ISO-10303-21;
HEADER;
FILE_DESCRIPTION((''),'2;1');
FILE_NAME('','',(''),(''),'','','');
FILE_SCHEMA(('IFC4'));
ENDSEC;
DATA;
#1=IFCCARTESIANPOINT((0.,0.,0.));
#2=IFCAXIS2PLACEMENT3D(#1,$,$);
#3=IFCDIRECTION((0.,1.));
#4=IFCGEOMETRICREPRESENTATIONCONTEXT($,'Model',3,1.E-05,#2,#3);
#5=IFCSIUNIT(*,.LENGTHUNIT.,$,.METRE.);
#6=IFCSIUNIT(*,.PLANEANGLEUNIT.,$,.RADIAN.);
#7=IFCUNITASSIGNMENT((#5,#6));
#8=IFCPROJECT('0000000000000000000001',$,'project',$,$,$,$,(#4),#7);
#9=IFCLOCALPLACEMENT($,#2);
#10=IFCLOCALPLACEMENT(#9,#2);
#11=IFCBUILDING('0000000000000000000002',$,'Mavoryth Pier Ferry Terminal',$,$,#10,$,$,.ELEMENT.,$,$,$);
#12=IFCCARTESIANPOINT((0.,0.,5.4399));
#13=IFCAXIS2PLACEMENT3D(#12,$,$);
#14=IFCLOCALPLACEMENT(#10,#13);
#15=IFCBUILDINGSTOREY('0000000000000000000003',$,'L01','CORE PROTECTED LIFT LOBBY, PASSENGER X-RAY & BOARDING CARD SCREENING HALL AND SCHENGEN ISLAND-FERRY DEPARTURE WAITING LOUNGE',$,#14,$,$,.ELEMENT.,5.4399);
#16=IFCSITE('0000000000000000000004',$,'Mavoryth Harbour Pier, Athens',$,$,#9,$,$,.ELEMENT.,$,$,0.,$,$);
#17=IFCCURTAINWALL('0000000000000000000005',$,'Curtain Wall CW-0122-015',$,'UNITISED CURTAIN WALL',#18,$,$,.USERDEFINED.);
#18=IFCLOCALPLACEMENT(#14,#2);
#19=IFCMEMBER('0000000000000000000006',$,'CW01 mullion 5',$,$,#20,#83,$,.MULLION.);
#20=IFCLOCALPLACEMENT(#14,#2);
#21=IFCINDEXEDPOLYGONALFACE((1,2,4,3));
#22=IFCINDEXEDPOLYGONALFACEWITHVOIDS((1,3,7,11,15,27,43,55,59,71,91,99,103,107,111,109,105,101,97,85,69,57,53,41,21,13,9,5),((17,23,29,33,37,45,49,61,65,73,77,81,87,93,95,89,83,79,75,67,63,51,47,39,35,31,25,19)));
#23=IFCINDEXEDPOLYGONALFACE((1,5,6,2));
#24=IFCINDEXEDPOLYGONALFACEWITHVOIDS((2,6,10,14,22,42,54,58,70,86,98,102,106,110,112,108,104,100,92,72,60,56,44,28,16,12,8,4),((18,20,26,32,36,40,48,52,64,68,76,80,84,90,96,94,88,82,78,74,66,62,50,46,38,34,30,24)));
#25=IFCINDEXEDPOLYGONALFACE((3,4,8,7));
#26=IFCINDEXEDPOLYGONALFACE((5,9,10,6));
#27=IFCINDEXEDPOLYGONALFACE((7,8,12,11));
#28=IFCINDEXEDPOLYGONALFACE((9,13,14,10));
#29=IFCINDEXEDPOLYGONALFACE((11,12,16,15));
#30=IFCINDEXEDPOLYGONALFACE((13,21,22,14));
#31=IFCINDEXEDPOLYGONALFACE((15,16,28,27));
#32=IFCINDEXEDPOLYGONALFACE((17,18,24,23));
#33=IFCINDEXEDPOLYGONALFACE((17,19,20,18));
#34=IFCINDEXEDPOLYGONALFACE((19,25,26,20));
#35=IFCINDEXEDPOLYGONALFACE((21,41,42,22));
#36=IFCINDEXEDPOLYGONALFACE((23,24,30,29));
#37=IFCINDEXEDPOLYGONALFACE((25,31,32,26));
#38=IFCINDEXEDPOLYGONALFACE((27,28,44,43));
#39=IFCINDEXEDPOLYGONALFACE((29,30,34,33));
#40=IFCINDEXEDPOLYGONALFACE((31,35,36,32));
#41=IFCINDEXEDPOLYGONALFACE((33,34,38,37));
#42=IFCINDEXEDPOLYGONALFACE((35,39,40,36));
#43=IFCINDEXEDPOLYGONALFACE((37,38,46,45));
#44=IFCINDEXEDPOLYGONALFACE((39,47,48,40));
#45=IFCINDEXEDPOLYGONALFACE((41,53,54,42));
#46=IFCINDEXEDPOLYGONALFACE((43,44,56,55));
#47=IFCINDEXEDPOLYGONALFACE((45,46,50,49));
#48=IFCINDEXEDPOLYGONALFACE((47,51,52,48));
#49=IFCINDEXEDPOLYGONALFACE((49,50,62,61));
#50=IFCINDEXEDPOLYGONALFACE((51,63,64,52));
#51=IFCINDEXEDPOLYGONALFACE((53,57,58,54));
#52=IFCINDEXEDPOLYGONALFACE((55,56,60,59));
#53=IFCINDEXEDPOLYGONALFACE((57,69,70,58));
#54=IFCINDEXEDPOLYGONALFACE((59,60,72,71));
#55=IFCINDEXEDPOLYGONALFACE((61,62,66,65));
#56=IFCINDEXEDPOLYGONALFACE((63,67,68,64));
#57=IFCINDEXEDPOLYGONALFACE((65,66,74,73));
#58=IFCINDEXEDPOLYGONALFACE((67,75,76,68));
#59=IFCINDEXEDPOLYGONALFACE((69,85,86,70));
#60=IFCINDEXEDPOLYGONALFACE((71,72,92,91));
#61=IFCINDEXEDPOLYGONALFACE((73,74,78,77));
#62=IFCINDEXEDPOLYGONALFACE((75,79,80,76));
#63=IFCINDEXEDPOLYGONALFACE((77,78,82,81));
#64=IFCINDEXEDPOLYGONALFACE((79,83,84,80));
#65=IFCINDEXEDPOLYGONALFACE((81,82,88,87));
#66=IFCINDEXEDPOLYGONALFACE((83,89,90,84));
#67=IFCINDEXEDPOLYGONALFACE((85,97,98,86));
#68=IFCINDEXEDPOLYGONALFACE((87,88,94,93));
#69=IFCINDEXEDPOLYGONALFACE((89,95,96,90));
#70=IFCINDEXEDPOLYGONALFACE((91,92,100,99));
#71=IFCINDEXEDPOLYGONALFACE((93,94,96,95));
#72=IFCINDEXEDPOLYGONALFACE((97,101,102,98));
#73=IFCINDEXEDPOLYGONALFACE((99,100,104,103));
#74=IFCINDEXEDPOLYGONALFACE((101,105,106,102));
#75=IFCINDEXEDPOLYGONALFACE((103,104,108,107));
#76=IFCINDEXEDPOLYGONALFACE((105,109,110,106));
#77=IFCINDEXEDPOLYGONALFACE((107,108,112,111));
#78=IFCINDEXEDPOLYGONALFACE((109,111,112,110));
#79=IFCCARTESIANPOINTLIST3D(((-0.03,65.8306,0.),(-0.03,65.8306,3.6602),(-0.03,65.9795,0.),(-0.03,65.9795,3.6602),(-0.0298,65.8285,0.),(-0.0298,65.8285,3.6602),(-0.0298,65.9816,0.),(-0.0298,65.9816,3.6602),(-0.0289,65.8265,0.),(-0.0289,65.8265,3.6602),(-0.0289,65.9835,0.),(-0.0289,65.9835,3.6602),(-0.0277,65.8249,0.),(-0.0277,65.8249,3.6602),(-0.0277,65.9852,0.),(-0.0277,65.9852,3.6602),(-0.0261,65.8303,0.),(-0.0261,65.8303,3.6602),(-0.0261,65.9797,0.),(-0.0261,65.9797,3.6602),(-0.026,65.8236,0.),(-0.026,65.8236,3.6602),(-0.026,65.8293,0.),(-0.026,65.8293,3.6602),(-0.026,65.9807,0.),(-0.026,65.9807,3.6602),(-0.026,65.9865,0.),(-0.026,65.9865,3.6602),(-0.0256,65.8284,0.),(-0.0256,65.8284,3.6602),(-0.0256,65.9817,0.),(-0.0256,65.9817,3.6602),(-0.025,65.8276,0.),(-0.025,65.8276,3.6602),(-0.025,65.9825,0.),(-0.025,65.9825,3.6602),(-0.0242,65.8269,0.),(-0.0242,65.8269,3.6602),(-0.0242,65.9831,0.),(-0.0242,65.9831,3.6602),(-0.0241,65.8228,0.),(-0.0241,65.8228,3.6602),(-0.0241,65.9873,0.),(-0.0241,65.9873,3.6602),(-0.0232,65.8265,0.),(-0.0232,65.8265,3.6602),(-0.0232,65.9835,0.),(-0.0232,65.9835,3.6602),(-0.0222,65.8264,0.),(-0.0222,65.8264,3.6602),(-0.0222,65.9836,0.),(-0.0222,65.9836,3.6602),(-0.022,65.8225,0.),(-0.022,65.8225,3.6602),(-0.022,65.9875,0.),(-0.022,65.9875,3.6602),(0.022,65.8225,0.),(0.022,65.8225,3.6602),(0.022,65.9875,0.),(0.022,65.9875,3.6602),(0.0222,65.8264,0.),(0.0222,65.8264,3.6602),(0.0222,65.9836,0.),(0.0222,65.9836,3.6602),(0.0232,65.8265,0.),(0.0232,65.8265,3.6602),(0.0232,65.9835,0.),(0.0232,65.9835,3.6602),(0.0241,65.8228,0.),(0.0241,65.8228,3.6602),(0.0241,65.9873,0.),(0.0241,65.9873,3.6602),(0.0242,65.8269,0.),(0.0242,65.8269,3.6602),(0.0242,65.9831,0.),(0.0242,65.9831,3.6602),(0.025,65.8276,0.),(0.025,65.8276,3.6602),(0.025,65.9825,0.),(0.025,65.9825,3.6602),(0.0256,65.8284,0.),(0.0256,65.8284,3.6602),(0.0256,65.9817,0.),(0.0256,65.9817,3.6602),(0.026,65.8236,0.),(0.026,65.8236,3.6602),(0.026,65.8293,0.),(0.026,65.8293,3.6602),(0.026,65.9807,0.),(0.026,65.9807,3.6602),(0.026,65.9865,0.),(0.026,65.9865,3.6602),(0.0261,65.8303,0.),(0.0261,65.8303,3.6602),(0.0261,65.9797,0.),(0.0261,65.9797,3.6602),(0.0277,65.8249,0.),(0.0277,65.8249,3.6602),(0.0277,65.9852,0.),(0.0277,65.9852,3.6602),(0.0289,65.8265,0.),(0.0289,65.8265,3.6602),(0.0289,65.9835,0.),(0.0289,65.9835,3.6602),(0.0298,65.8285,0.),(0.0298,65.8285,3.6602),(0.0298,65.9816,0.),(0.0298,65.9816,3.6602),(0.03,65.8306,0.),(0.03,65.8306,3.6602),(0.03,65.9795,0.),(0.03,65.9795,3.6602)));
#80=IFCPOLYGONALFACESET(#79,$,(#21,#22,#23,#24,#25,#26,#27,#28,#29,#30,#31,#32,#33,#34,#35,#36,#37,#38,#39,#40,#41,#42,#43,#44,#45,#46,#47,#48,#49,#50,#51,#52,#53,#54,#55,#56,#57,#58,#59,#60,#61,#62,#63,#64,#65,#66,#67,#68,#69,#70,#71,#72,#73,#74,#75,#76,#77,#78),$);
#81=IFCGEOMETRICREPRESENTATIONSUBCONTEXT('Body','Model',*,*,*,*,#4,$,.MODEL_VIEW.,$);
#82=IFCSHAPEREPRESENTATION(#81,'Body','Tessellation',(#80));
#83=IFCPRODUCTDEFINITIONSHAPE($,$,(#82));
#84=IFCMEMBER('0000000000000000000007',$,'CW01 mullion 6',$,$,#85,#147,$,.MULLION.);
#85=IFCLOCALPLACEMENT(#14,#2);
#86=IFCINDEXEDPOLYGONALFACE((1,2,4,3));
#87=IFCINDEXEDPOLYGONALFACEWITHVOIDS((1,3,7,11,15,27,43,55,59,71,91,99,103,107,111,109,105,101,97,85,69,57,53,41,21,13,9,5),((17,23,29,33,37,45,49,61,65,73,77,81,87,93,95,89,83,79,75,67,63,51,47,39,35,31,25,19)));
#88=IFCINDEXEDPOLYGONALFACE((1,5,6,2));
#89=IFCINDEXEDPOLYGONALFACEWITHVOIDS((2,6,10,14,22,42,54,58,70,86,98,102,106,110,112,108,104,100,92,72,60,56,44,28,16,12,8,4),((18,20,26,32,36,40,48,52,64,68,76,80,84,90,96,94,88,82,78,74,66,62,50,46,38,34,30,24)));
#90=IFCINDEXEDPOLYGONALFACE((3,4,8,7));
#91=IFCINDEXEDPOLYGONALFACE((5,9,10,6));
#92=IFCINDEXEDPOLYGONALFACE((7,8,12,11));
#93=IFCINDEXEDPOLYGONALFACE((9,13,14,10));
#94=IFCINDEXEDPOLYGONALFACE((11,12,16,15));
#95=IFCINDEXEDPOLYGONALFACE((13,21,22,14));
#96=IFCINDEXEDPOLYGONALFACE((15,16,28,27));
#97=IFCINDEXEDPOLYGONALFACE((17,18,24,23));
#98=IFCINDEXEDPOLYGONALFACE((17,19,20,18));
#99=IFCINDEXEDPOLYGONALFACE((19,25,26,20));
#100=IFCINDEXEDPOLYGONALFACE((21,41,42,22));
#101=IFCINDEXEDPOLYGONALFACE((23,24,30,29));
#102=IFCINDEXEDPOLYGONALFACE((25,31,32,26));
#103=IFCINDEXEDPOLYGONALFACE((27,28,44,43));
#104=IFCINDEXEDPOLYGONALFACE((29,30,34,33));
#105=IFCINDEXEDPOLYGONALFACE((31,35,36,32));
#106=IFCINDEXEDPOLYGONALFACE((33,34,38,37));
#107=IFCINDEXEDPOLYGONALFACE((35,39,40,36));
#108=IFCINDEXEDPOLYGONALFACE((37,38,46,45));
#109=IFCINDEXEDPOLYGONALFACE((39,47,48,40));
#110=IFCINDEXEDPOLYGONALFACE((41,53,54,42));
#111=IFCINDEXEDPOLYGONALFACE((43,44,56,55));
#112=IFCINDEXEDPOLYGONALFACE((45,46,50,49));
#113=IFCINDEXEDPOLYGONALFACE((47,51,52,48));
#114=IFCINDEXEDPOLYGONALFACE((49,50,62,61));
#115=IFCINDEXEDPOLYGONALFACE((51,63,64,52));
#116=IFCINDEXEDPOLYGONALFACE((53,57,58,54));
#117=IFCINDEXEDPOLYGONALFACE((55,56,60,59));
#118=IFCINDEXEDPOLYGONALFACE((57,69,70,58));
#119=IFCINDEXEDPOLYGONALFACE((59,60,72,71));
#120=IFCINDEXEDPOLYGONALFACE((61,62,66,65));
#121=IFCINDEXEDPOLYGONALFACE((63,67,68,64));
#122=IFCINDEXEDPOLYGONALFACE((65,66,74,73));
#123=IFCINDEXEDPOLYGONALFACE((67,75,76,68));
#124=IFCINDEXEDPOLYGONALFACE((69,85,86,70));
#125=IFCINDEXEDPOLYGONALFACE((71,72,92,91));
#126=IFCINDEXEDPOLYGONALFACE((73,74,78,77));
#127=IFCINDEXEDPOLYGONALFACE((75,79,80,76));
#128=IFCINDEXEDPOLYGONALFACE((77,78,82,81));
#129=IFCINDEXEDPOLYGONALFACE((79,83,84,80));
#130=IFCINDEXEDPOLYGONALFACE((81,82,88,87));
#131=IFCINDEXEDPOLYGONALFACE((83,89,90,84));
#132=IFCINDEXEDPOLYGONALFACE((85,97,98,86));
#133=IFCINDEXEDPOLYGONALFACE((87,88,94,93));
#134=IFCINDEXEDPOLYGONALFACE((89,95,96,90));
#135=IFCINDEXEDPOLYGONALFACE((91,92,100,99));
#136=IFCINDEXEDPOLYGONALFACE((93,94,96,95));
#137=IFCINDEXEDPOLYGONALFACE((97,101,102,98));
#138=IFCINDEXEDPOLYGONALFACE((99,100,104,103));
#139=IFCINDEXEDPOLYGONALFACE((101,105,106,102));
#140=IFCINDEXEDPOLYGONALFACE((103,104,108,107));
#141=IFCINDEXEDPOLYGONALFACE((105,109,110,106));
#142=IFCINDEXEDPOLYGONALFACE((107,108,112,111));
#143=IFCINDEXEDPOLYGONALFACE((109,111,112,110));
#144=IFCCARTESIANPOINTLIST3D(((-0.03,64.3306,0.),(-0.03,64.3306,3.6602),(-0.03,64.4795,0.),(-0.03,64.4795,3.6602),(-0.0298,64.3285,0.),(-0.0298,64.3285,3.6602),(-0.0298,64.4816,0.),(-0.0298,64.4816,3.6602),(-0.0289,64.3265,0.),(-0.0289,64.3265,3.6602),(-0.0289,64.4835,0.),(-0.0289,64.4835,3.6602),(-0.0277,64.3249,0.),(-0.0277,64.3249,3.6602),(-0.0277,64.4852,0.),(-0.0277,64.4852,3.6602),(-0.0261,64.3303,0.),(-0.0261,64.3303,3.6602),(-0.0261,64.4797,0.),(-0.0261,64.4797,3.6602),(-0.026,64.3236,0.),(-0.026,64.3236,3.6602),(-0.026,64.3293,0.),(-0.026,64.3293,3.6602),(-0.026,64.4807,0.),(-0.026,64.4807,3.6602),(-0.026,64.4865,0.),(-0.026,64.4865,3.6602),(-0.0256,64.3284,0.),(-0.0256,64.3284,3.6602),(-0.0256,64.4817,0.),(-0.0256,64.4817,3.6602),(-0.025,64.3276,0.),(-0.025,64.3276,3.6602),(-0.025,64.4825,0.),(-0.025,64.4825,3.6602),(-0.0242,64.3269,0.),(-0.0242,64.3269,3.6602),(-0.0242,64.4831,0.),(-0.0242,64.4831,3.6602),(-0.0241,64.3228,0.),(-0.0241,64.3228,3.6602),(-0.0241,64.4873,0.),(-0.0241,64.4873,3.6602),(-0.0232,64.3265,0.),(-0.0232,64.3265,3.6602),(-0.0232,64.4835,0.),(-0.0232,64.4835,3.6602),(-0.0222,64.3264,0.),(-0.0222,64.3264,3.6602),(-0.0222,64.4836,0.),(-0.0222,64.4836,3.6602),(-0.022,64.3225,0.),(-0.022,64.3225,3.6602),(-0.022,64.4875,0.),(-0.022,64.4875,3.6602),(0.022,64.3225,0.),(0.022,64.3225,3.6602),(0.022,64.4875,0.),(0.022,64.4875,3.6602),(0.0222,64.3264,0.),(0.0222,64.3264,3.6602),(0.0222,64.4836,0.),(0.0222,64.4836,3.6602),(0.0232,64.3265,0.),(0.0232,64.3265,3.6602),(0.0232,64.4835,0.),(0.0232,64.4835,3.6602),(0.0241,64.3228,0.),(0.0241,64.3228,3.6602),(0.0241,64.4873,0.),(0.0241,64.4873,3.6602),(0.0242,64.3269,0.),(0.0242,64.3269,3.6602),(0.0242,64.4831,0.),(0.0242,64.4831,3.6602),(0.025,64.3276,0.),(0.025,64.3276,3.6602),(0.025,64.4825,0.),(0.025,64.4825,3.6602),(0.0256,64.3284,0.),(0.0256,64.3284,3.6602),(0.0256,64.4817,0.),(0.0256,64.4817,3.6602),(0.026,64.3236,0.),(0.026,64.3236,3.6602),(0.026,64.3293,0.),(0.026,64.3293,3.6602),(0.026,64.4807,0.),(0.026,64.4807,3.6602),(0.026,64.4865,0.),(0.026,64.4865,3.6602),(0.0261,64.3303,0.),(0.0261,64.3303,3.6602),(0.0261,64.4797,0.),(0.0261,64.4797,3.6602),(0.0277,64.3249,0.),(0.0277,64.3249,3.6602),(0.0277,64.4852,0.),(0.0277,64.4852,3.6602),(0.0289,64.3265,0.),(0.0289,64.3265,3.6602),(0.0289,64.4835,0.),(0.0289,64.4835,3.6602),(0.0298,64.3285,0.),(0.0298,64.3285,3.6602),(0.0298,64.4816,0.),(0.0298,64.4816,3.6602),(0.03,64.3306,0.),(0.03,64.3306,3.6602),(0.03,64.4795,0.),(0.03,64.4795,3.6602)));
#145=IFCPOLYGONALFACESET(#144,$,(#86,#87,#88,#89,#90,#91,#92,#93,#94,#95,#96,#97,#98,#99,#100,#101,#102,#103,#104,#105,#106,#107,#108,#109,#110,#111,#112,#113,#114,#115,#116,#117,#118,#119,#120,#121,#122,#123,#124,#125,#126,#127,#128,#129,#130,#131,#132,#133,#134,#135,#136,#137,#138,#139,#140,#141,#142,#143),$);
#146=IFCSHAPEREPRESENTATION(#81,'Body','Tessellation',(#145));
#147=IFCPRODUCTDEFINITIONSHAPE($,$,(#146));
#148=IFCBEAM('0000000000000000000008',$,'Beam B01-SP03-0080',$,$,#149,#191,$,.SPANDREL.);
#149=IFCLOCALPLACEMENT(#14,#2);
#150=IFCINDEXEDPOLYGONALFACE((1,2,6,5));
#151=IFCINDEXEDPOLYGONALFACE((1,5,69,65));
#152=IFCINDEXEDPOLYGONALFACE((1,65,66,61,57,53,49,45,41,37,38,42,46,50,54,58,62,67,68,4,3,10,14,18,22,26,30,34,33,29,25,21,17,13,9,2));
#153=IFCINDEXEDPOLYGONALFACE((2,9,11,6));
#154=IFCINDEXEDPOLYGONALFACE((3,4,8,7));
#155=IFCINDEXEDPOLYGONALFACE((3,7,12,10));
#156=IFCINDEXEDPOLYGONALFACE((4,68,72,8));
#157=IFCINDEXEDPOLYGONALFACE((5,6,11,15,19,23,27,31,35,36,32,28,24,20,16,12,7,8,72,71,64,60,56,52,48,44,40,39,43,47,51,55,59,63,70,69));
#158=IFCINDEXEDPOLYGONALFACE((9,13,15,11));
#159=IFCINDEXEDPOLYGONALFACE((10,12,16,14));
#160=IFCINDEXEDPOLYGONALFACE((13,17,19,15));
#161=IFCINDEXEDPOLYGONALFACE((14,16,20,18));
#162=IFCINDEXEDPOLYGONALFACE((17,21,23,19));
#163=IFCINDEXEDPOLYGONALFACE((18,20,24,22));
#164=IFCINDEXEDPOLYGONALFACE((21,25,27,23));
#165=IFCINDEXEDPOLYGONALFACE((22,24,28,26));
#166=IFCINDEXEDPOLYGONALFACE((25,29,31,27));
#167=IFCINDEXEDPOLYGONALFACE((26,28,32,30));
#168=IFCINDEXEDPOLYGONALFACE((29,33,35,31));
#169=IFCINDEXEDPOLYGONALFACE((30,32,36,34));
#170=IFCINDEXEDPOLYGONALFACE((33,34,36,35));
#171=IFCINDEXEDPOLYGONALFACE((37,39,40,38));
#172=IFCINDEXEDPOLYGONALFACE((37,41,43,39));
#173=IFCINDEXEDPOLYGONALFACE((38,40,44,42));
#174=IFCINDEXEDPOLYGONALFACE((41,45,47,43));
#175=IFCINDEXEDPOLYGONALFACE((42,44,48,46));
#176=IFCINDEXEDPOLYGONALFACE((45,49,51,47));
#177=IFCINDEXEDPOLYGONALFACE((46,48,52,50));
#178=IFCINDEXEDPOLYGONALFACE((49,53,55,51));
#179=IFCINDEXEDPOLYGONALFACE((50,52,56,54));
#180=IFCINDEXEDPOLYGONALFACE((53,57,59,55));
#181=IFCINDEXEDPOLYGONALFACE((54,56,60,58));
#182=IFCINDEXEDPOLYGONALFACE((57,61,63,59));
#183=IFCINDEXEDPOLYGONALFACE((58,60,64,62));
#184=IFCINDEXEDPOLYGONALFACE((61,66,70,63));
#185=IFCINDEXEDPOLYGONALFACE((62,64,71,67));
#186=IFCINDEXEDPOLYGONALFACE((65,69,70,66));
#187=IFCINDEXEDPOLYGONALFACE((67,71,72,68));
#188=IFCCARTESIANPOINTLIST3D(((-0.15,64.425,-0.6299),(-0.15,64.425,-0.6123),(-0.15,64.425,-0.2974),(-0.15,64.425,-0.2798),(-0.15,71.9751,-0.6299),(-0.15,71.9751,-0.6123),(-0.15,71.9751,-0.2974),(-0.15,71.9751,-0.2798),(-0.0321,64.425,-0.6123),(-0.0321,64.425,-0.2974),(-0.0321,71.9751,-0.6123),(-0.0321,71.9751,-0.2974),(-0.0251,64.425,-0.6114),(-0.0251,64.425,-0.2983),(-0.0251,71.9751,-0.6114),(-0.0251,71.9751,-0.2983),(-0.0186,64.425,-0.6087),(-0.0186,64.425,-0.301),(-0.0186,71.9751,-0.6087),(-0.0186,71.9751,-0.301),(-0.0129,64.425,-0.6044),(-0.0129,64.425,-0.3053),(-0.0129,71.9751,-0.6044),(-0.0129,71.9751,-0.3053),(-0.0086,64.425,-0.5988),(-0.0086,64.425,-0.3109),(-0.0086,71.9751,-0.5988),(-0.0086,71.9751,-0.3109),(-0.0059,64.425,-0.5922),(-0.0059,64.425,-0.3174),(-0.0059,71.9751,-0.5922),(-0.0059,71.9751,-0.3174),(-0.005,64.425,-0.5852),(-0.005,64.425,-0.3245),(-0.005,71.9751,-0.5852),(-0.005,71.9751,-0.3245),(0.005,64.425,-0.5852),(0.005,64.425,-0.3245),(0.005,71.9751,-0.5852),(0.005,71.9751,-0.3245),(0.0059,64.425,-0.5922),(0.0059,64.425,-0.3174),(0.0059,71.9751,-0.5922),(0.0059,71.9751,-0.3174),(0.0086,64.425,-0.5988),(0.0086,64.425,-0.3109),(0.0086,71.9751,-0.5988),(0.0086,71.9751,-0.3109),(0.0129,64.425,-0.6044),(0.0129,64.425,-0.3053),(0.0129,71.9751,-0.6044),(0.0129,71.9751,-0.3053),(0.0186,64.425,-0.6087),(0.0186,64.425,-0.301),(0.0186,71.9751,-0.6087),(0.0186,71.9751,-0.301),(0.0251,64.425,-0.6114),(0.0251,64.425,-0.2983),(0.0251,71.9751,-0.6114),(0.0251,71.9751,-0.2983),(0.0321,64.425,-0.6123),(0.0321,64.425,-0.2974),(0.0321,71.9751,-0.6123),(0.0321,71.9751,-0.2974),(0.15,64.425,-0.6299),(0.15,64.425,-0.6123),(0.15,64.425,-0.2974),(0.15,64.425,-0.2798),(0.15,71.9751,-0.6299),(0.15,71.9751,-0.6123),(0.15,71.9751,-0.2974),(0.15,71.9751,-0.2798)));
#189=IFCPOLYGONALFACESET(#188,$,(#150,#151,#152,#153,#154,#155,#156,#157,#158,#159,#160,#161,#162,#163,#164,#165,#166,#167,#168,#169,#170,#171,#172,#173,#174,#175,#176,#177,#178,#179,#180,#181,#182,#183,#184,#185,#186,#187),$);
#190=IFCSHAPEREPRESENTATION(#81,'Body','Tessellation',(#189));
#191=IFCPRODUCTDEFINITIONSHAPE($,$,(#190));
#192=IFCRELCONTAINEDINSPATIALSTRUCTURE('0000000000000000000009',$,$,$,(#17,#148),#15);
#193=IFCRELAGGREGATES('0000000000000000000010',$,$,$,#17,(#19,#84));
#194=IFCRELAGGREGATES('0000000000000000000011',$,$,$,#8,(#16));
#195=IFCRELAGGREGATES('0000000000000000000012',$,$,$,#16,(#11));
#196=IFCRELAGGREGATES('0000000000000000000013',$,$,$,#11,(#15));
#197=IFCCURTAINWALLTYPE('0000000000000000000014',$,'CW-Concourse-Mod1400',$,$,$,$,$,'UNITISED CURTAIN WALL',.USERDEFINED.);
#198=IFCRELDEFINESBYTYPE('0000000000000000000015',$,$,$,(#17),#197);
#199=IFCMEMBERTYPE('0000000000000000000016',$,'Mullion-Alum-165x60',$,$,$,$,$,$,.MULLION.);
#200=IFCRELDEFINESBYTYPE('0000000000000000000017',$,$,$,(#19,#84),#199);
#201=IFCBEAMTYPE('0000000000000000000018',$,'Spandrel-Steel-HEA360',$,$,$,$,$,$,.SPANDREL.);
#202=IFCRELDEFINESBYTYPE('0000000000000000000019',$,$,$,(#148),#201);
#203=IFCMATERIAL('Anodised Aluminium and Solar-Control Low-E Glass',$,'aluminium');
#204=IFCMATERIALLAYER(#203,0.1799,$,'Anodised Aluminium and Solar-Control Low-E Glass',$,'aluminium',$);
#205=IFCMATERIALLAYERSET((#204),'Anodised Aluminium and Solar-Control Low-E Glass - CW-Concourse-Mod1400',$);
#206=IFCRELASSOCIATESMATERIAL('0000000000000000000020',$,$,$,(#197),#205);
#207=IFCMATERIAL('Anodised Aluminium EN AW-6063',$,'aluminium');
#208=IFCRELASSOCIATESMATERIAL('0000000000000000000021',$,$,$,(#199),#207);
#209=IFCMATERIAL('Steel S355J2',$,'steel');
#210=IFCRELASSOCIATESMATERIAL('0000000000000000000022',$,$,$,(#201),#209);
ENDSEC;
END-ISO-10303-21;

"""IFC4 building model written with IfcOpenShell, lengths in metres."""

from ifc_helpers import new_model, si_unit, direction, frame, origin, origin_2d, place, context, subcontext, project, spatial, hollow_rectangle, i_section, extrude, material, layer, layer_set, material_profile, profile_set, type_object, element, aggregate, save


model = new_model("IFC4")

# Units and contexts
model_context = context("Model", 3, precision=1e-05, world=origin(), true_north=direction((0.0, 1.0)))
body_context = subcontext(model_context, "Body", "Model", "MODEL_VIEW")
ifc_project = project(units=[si_unit("LENGTHUNIT", "METRE"), si_unit("PLANEANGLEUNIT", "RADIAN")], contexts=[model_context])

# Site, building, storey
site_placement = place(None, origin())
site = spatial("IfcSite", under=ifc_project, at=site_placement, Name="Mavoryth Harbour Pier, Athens", CompositionType="ELEMENT", RefElevation=0.0)
building_placement = place(site_placement, origin())
building = spatial("IfcBuilding", under=site, at=building_placement, Name="Mavoryth Pier Ferry Terminal", CompositionType="ELEMENT")
storey_placement = place(building_placement, frame((0.0, 0.0, 5.4399)))
storey = spatial("IfcBuildingStorey", under=building, at=storey_placement, Name="L01", Description="CORE PROTECTED LIFT LOBBY, PASSENGER X-RAY & BOARDING CARD SCREENING HALL AND SCHENGEN ISLAND-FERRY DEPARTURE WAITING LOUNGE", CompositionType="ELEMENT", Elevation=5.4399)

# Shared definitions
ifc_material_1 = material(Name="Steel S355J2", Category="steel")

# Shared definitions
ifc_material_2 = material(Name="Anodised Aluminium and Solar-Control Low-E Glass", Category="aluminium")
ifc_layer_1 = layer(ifc_material_2, 0.1799, Name="Anodised Aluminium and Solar-Control Low-E Glass", Category="aluminium")
ifc_layer_set_1 = layer_set([ifc_layer_1], Name="Anodised Aluminium and Solar-Control Low-E Glass - CW-Concourse-Mod1400")
curtain_wall_type = type_object("IfcCurtainWallType", Name="CW-Concourse-Mod1400", ElementType="UNITISED CURTAIN WALL", PredefinedType="USERDEFINED", material=ifc_layer_set_1)
ifc_material_3 = material(Name="Anodised Aluminium EN AW-6063", Category="aluminium")
ifc_material_profile_1 = material_profile(ifc_material_3, hollow_rectangle(XDim=0.0601, YDim=0.165, WallThickness=0.0039, InnerFilletRadius=0.0039, OuterFilletRadius=0.0081, at=origin_2d()), Name="AL-MULL 165x60x4", Category="aluminium")
ifc_profile_set_1 = profile_set([ifc_material_profile_1], Name="Anodised Aluminium EN AW-6063 - AL-MULL 165x60x4")
member_type_1 = type_object("IfcMemberType", Name="Mullion-Alum-165x60", PredefinedType="MULLION", material=ifc_profile_set_1)

# Curtain wall, members
curtain_wall_1_placement = place(storey_placement, origin())
curtain_wall_1 = element("IfcCurtainWall", 1, at=curtain_wall_1_placement, inside=storey, type_object=curtain_wall_type, Name="Curtain Wall CW-0122-015", ObjectType="UNITISED CURTAIN WALL", PredefinedType="USERDEFINED")
member_1_placement = place(storey_placement, frame((0.0, 65.905, 0.0), z_axis=(0.0, 0.0, 1.0), x_axis=(1.0, 0.0, 0.0)))
member_1 = element("IfcMember", 2, at=member_1_placement, type_object=member_type_1, Name="CW01 mullion 5", PredefinedType="MULLION", context=body_context, shape_type="SweptSolid", body=[
    extrude(hollow_rectangle(XDim=0.0601, YDim=0.165, WallThickness=0.0039, InnerFilletRadius=0.0039, OuterFilletRadius=0.0081, at=origin_2d()), origin(), (0.0, 0.0, 1.0), 3.6602),
])
member_2_placement = place(storey_placement, frame((0.0, 64.405, 0.0), z_axis=(0.0, 0.0, 1.0), x_axis=(1.0, 0.0, 0.0)))
member_2 = element("IfcMember", 3, at=member_2_placement, type_object=member_type_1, Name="CW01 mullion 6", PredefinedType="MULLION", context=body_context, shape_type="SweptSolid", body=[
    extrude(hollow_rectangle(XDim=0.0601, YDim=0.165, WallThickness=0.0039, InnerFilletRadius=0.0039, OuterFilletRadius=0.0081, at=origin_2d()), origin(), (0.0, 0.0, 1.0), 3.6602),
])

# Beam
ifc_material_profile_2 = material_profile(ifc_material_1, i_section(OverallWidth=0.3, OverallDepth=0.3501, WebThickness=0.01, FlangeThickness=0.0176, FilletRadius=0.0271, at=origin_2d()), Name="HEA 360", Category="steel")
ifc_profile_set_2 = profile_set([ifc_material_profile_2], Name="Steel S355J2 - HEA 360")
beam_type_1 = type_object("IfcBeamType", Name="Spandrel-Steel-HEA360", PredefinedType="SPANDREL", material=ifc_profile_set_2)
beam_1_placement = place(storey_placement, frame((0.0, 64.425, -0.4548), z_axis=(0.0, 1.0, 0.0), x_axis=(-1.0, 0.0, 0.0)))
element("IfcBeam", 4, at=beam_1_placement, inside=storey, type_object=beam_type_1, Name="Beam B01-SP03-0080", PredefinedType="SPANDREL", context=body_context, shape_type="SweptSolid", body=[
    extrude(i_section(OverallWidth=0.3, OverallDepth=0.3501, WebThickness=0.01, FlangeThickness=0.0176, FilletRadius=0.0271, at=origin_2d()), origin(), (0.0, 0.0, 1.0), 7.55),
])

aggregate(curtain_wall_1, [member_1, member_2])

save(model, "model.ifc")
